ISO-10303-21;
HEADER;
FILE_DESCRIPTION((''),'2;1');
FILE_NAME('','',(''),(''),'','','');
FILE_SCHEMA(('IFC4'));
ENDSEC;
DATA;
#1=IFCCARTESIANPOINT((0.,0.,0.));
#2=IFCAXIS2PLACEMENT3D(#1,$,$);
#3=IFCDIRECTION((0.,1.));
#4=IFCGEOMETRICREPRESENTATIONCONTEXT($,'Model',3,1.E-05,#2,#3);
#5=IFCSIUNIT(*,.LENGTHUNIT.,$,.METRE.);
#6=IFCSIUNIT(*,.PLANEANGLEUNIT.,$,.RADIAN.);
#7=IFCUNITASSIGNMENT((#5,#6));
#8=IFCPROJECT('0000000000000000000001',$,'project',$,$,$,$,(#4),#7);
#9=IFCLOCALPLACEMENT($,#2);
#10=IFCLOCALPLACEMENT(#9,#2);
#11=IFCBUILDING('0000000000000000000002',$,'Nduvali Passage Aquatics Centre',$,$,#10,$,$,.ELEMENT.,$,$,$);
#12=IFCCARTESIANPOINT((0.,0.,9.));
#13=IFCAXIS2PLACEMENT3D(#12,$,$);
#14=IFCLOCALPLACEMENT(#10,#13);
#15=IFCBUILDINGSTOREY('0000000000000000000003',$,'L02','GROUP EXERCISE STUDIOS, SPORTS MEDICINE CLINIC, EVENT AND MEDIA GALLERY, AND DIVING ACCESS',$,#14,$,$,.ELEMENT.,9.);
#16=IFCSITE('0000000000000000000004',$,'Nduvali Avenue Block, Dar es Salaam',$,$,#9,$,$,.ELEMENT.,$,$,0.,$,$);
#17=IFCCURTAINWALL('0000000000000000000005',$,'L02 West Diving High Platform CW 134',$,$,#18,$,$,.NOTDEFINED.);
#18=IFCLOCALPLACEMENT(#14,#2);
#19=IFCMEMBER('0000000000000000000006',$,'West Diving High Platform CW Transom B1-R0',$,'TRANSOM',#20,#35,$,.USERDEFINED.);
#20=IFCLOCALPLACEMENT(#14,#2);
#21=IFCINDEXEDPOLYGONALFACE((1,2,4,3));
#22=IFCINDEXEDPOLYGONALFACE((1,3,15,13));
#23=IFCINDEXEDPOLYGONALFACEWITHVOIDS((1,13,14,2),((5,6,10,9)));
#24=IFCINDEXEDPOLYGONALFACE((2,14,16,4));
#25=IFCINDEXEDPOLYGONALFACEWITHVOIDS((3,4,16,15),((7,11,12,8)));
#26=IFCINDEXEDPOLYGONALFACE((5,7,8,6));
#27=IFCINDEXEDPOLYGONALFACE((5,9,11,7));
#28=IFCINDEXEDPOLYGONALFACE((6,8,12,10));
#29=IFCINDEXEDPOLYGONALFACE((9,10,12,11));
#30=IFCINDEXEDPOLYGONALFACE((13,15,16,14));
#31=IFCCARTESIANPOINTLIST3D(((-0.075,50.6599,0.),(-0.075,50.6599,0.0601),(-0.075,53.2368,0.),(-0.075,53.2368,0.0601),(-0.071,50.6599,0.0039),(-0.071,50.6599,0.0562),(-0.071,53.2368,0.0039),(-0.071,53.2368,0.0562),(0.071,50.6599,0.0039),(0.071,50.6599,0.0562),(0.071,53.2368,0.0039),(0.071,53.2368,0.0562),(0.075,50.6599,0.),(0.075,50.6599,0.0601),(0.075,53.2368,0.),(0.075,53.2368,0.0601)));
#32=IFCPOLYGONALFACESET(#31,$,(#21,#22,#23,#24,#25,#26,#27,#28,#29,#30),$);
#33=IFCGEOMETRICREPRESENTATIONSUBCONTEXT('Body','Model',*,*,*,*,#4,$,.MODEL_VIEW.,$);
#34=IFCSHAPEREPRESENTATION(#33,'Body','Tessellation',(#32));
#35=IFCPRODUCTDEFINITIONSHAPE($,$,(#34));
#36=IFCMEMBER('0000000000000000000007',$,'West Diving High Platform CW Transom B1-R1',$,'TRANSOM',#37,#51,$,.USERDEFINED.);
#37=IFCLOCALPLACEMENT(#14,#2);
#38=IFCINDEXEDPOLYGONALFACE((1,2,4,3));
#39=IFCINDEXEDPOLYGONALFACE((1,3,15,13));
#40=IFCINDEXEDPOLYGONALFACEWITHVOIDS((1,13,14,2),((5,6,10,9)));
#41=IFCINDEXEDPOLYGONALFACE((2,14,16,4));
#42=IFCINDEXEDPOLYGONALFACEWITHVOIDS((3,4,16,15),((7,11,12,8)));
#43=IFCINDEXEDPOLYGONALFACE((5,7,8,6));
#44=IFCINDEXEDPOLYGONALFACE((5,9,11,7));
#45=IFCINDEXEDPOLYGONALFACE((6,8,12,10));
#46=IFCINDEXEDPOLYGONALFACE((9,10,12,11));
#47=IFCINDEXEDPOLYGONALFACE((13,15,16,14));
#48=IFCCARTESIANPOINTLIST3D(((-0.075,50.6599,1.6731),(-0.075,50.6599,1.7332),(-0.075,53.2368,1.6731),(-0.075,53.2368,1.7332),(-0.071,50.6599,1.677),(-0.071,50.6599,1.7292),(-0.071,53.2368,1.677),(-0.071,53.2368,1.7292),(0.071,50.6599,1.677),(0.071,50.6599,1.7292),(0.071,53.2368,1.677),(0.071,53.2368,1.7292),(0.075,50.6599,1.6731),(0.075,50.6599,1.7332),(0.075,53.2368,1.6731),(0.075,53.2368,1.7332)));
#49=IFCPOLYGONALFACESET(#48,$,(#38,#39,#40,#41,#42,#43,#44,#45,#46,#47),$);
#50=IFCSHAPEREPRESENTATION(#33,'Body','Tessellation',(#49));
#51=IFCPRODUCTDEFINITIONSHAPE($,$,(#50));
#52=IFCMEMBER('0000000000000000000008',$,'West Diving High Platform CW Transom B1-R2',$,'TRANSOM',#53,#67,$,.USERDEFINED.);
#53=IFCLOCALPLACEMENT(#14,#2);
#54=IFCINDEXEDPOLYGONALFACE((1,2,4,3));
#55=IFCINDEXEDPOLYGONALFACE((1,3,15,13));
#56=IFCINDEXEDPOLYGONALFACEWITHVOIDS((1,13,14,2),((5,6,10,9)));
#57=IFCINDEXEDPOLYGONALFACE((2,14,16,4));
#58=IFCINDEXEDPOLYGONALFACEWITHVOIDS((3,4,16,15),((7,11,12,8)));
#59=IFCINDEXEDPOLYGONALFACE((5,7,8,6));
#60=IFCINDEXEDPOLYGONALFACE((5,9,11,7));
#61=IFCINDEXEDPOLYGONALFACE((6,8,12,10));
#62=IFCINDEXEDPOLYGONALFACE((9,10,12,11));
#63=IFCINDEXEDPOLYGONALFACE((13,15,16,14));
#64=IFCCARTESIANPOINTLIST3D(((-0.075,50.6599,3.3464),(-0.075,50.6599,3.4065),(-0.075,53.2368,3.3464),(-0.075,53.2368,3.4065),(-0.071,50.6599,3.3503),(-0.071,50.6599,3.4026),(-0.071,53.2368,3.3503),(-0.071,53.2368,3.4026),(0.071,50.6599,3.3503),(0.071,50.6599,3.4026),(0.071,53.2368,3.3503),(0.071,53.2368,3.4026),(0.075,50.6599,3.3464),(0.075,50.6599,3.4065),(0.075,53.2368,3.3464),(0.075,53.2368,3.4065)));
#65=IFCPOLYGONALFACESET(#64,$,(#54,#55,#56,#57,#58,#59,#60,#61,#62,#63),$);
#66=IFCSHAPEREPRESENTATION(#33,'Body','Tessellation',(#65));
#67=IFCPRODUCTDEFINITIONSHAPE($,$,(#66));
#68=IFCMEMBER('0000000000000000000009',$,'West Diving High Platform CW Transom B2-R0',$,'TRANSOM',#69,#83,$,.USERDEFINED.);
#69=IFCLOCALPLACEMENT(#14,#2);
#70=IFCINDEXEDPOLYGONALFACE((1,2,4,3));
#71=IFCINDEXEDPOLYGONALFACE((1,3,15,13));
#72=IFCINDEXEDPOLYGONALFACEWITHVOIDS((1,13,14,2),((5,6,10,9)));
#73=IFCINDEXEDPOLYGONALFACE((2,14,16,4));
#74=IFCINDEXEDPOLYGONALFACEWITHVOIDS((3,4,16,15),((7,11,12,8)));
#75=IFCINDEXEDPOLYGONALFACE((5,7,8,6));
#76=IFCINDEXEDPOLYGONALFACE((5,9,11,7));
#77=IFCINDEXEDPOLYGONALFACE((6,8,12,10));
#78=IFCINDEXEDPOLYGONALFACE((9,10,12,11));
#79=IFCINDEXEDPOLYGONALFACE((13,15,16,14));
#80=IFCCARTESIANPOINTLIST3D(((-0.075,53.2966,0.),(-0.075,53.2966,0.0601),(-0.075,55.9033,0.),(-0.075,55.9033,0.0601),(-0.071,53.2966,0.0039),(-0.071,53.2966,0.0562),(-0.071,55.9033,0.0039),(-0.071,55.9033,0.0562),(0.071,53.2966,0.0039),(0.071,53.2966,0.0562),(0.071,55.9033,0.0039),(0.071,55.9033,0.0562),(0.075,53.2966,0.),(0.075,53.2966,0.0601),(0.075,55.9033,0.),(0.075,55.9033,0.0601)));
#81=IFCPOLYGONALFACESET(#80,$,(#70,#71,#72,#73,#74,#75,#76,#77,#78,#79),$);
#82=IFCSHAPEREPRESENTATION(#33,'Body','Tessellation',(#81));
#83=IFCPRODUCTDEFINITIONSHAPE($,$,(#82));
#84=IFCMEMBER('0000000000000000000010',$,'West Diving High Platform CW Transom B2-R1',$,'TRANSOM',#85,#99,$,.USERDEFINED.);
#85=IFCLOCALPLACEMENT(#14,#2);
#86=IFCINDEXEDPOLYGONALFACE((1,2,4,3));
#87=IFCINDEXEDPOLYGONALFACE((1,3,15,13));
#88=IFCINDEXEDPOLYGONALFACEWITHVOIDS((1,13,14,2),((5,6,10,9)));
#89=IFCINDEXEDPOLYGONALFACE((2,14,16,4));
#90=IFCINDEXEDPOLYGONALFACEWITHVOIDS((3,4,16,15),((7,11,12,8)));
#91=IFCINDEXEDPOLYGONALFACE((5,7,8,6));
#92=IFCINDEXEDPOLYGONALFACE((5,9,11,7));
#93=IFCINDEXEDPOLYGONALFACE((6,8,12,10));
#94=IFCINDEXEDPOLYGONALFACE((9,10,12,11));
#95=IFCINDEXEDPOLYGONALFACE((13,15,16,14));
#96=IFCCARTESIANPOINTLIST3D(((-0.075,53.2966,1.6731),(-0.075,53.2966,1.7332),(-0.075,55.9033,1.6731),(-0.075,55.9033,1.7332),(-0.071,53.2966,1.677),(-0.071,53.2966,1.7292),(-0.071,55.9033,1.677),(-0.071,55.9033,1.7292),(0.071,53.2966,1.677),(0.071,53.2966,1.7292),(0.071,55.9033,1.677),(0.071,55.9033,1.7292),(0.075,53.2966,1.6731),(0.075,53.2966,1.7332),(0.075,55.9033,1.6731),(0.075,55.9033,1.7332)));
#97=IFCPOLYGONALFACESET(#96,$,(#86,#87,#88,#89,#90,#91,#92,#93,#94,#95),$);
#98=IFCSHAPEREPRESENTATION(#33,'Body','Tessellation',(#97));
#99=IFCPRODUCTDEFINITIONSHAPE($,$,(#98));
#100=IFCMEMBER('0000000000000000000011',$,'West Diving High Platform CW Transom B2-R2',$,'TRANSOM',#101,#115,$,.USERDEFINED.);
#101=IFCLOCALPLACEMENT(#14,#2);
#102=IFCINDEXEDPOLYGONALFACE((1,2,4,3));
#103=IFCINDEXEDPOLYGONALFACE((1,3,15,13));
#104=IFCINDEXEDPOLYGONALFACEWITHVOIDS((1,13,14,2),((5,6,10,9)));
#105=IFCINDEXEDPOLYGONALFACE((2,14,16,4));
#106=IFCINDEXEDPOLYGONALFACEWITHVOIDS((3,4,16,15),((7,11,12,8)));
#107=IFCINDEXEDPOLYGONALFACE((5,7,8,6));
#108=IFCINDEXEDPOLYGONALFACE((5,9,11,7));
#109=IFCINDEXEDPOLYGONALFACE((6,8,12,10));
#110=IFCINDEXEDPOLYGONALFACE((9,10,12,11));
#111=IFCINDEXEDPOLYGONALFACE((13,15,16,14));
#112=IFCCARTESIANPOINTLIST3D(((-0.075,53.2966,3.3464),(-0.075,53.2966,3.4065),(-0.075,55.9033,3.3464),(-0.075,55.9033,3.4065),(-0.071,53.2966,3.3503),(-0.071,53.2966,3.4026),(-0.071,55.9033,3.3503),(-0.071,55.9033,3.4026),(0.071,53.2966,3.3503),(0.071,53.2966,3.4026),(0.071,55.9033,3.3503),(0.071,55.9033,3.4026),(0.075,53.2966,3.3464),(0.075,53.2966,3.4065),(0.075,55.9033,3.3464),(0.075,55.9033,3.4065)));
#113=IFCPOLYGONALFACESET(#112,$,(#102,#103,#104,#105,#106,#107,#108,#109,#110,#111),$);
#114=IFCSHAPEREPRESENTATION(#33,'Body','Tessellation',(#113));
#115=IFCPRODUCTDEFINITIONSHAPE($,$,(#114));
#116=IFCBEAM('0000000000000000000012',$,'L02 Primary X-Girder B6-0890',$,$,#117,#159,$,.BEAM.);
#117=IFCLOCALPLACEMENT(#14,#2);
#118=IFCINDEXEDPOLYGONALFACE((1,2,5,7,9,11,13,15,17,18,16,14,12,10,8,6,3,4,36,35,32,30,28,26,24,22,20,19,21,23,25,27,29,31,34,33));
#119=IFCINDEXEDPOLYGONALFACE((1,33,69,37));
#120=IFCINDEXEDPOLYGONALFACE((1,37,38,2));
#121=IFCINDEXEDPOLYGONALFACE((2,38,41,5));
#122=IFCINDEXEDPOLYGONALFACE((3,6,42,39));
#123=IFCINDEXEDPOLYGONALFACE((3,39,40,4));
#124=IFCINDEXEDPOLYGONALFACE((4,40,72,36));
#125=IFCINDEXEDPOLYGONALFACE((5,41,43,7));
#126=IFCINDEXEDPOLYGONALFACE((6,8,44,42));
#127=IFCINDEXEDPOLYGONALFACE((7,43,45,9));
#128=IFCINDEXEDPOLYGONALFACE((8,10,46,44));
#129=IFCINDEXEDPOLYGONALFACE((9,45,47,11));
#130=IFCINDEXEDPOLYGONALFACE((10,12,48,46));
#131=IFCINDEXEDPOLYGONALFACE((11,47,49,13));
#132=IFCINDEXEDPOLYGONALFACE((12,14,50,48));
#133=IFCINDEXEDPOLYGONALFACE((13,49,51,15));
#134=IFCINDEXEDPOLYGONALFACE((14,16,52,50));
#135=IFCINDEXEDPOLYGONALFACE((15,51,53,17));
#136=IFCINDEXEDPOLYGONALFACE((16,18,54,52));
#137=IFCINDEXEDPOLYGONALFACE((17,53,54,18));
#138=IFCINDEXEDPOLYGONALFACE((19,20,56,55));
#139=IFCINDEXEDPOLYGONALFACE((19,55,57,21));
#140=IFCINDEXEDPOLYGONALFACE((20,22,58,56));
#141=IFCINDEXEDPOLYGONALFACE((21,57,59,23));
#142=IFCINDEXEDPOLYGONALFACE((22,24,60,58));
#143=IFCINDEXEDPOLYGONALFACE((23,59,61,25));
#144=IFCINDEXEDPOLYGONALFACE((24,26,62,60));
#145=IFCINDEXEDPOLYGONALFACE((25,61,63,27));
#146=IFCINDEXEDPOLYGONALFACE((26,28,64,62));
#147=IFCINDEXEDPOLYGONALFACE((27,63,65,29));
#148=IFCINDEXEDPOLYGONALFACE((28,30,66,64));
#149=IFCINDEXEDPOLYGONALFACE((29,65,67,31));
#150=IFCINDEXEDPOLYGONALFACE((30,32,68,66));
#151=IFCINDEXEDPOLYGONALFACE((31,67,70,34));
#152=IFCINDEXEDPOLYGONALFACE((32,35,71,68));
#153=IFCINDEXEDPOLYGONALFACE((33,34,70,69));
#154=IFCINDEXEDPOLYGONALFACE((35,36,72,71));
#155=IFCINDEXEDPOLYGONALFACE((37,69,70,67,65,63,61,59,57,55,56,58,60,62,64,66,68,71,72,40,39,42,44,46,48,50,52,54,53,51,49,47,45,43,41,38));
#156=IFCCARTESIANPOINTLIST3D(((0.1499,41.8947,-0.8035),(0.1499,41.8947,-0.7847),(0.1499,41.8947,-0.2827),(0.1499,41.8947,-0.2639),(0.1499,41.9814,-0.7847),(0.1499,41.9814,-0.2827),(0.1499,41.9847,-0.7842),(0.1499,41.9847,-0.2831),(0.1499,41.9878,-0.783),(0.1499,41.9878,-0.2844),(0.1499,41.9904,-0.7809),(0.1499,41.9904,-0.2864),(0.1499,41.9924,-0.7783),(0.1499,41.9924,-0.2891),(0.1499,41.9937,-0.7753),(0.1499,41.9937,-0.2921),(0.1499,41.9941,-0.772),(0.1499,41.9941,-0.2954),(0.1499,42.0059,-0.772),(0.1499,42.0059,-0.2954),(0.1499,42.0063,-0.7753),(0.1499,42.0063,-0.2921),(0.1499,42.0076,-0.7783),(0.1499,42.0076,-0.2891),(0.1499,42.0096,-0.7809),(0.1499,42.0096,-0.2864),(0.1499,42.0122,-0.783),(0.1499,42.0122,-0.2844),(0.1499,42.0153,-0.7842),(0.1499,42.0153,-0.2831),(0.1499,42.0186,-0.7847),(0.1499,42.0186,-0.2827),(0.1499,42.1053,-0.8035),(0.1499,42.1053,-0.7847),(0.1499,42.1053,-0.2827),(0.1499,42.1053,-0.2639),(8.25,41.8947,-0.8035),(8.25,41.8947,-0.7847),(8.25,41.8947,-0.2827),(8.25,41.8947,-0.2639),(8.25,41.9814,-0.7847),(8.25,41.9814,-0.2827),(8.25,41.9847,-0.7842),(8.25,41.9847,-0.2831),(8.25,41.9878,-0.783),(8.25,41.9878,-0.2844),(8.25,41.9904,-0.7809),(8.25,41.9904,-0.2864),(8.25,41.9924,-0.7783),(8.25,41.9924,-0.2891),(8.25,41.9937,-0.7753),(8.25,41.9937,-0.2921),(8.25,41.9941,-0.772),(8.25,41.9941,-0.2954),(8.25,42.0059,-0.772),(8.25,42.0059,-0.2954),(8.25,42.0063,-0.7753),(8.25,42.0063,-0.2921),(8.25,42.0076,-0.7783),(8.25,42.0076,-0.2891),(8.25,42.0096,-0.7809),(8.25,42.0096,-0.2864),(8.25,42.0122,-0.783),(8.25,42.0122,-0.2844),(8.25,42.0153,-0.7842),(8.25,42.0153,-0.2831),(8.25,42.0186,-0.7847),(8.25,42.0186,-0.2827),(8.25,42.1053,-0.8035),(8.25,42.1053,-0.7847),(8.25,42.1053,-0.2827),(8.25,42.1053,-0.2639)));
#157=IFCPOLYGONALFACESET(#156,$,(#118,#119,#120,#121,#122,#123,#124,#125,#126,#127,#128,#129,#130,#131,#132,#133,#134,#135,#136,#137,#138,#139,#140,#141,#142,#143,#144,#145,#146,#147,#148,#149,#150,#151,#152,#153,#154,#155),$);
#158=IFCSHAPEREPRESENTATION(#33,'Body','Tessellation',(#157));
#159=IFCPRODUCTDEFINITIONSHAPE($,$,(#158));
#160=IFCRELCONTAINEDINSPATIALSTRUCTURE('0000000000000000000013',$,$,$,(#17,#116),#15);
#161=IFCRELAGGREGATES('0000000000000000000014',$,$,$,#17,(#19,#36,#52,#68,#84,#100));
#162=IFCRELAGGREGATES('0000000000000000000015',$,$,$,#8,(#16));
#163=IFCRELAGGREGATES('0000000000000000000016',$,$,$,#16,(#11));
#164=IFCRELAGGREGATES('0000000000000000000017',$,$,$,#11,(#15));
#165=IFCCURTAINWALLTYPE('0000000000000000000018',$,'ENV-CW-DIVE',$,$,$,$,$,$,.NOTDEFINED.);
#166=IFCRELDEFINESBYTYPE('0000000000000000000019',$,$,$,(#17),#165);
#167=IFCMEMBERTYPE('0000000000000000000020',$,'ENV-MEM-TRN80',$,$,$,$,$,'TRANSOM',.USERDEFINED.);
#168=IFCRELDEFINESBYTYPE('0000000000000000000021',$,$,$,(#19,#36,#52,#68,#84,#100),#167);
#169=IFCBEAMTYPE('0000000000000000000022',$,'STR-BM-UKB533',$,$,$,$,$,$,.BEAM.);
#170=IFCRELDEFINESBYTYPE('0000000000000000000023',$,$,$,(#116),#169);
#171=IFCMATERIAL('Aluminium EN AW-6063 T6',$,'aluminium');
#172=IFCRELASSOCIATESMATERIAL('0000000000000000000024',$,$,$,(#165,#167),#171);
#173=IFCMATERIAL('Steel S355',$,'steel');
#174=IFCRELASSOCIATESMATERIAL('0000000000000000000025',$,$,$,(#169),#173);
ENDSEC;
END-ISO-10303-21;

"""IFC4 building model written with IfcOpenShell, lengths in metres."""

from ifc_helpers import new_model, si_unit, direction, frame, origin, origin_2d, place, context, subcontext, project, spatial, hollow_rectangle, i_section, extrude, material, material_profile, profile_set, type_object, element, aggregate, save


model = new_model("IFC4")

# Units and contexts
model_context = context("Model", 3, precision=1e-05, world=origin(), true_north=direction((0.0, 1.0)))
body_context = subcontext(model_context, "Body", "Model", "MODEL_VIEW")
ifc_project = project(units=[si_unit("LENGTHUNIT", "METRE"), si_unit("PLANEANGLEUNIT", "RADIAN")], contexts=[model_context])

# Site, building, storey
site_placement = place(None, origin())
site = spatial("IfcSite", under=ifc_project, at=site_placement, Name="Nduvali Avenue Block, Dar es Salaam", CompositionType="ELEMENT", RefElevation=0.0)
building_placement = place(site_placement, origin())
building = spatial("IfcBuilding", under=site, at=building_placement, Name="Nduvali Passage Aquatics Centre", CompositionType="ELEMENT")
storey_placement = place(building_placement, frame((0.0, 0.0, 9.0)))
storey = spatial("IfcBuildingStorey", under=building, at=storey_placement, Name="L02", Description="GROUP EXERCISE STUDIOS, SPORTS MEDICINE CLINIC, EVENT AND MEDIA GALLERY, AND DIVING ACCESS", CompositionType="ELEMENT", Elevation=9.0)

# Shared definitions
ifc_material_1 = material(Name="Steel S355", Category="steel")

# Curtain wall, members
ifc_material_2 = material(Name="Aluminium EN AW-6063 T6", Category="aluminium")
curtain_wall_type = type_object("IfcCurtainWallType", Name="ENV-CW-DIVE", PredefinedType="NOTDEFINED", material=ifc_material_2)
curtain_wall_placement = place(storey_placement, origin())
curtain_wall = element("IfcCurtainWall", 1, at=curtain_wall_placement, inside=storey, type_object=curtain_wall_type, Name="L02 West Diving High Platform CW 134", PredefinedType="NOTDEFINED")
ifc_material_profile_1 = material_profile(ifc_material_2, hollow_rectangle(XDim=0.1499, YDim=0.0601, WallThickness=0.0039, at=origin_2d()), Name="ALU TRANSOM 150x60x4")
ifc_profile_set_1 = profile_set([ifc_material_profile_1], Name="Aluminium EN AW-6063 T6")
member_type_1 = type_object("IfcMemberType", Name="ENV-MEM-TRN80", ElementType="TRANSOM", PredefinedType="USERDEFINED", material=ifc_profile_set_1)
member_1_placement = place(storey_placement, frame((0.0, 50.6599, 0.03), z_axis=(0.0, 1.0, 0.0), x_axis=(-1.0, 0.0, 0.0)))
member_1 = element("IfcMember", 2, at=member_1_placement, type_object=member_type_1, Name="West Diving High Platform CW Transom B1-R0", ObjectType="TRANSOM", PredefinedType="USERDEFINED", context=body_context, shape_type="SweptSolid", body=[
    extrude(hollow_rectangle(XDim=0.1499, YDim=0.0601, WallThickness=0.0039, at=origin_2d()), origin(), (0.0, 0.0, 1.0), 2.5769),
])
member_2_placement = place(storey_placement, frame((0.0, 50.6599, 1.7031), z_axis=(0.0, 1.0, 0.0), x_axis=(-1.0, 0.0, 0.0)))
member_2 = element("IfcMember", 3, at=member_2_placement, type_object=member_type_1, Name="West Diving High Platform CW Transom B1-R1", ObjectType="TRANSOM", PredefinedType="USERDEFINED", context=body_context, shape_type="SweptSolid", body=[
    extrude(hollow_rectangle(XDim=0.1499, YDim=0.0601, WallThickness=0.0039, at=origin_2d()), origin(), (0.0, 0.0, 1.0), 2.5769),
])
member_3_placement = place(storey_placement, frame((0.0, 50.6599, 3.3765), z_axis=(0.0, 1.0, 0.0), x_axis=(-1.0, 0.0, 0.0)))
member_3 = element("IfcMember", 4, at=member_3_placement, type_object=member_type_1, Name="West Diving High Platform CW Transom B1-R2", ObjectType="TRANSOM", PredefinedType="USERDEFINED", context=body_context, shape_type="SweptSolid", body=[
    extrude(hollow_rectangle(XDim=0.1499, YDim=0.0601, WallThickness=0.0039, at=origin_2d()), origin(), (0.0, 0.0, 1.0), 2.5769),
])
member_4_placement = place(storey_placement, frame((0.0, 53.2966, 0.03), z_axis=(0.0, 1.0, 0.0), x_axis=(-1.0, 0.0, 0.0)))
member_4 = element("IfcMember", 5, at=member_4_placement, type_object=member_type_1, Name="West Diving High Platform CW Transom B2-R0", ObjectType="TRANSOM", PredefinedType="USERDEFINED", context=body_context, shape_type="SweptSolid", body=[
    extrude(hollow_rectangle(XDim=0.1499, YDim=0.0601, WallThickness=0.0039, at=origin_2d()), origin(), (0.0, 0.0, 1.0), 2.6067),
])
member_5_placement = place(storey_placement, frame((0.0, 53.2966, 1.7031), z_axis=(0.0, 1.0, 0.0), x_axis=(-1.0, 0.0, 0.0)))
member_5 = element("IfcMember", 6, at=member_5_placement, type_object=member_type_1, Name="West Diving High Platform CW Transom B2-R1", ObjectType="TRANSOM", PredefinedType="USERDEFINED", context=body_context, shape_type="SweptSolid", body=[
    extrude(hollow_rectangle(XDim=0.1499, YDim=0.0601, WallThickness=0.0039, at=origin_2d()), origin(), (0.0, 0.0, 1.0), 2.6067),
])
member_6_placement = place(storey_placement, frame((0.0, 53.2966, 3.3765), z_axis=(0.0, 1.0, 0.0), x_axis=(-1.0, 0.0, 0.0)))
member_6 = element("IfcMember", 7, at=member_6_placement, type_object=member_type_1, Name="West Diving High Platform CW Transom B2-R2", ObjectType="TRANSOM", PredefinedType="USERDEFINED", context=body_context, shape_type="SweptSolid", body=[
    extrude(hollow_rectangle(XDim=0.1499, YDim=0.0601, WallThickness=0.0039, at=origin_2d()), origin(), (0.0, 0.0, 1.0), 2.6067),
])

# Beam
ifc_material_profile_2 = material_profile(ifc_material_1, i_section(OverallWidth=0.2107, OverallDepth=0.5396, WebThickness=0.0117, FlangeThickness=0.0188, FilletRadius=0.0127, at=origin_2d()), Name="UKB 533x210x109")
ifc_profile_set_2 = profile_set([ifc_material_profile_2], Name="Steel S355")
beam_type_1 = type_object("IfcBeamType", Name="STR-BM-UKB533", PredefinedType="BEAM", material=ifc_profile_set_2)
beam_1_placement = place(storey_placement, frame((0.1499, 42.0, -0.5337), z_axis=(1.0, 0.0, 0.0), x_axis=(0.0, 1.0, 0.0)))
element("IfcBeam", 8, at=beam_1_placement, inside=storey, type_object=beam_type_1, Name="L02 Primary X-Girder B6-0890", PredefinedType="BEAM", context=body_context, shape_type="SweptSolid", body=[
    extrude(i_section(OverallWidth=0.2107, OverallDepth=0.5396, WebThickness=0.0117, FlangeThickness=0.0188, FilletRadius=0.0127, at=origin_2d()), origin(), (0.0, 0.0, 1.0), 8.1001),
])

aggregate(curtain_wall, [member_1, member_2, member_3, member_4, member_5, member_6])

save(model, "model.ifc")
